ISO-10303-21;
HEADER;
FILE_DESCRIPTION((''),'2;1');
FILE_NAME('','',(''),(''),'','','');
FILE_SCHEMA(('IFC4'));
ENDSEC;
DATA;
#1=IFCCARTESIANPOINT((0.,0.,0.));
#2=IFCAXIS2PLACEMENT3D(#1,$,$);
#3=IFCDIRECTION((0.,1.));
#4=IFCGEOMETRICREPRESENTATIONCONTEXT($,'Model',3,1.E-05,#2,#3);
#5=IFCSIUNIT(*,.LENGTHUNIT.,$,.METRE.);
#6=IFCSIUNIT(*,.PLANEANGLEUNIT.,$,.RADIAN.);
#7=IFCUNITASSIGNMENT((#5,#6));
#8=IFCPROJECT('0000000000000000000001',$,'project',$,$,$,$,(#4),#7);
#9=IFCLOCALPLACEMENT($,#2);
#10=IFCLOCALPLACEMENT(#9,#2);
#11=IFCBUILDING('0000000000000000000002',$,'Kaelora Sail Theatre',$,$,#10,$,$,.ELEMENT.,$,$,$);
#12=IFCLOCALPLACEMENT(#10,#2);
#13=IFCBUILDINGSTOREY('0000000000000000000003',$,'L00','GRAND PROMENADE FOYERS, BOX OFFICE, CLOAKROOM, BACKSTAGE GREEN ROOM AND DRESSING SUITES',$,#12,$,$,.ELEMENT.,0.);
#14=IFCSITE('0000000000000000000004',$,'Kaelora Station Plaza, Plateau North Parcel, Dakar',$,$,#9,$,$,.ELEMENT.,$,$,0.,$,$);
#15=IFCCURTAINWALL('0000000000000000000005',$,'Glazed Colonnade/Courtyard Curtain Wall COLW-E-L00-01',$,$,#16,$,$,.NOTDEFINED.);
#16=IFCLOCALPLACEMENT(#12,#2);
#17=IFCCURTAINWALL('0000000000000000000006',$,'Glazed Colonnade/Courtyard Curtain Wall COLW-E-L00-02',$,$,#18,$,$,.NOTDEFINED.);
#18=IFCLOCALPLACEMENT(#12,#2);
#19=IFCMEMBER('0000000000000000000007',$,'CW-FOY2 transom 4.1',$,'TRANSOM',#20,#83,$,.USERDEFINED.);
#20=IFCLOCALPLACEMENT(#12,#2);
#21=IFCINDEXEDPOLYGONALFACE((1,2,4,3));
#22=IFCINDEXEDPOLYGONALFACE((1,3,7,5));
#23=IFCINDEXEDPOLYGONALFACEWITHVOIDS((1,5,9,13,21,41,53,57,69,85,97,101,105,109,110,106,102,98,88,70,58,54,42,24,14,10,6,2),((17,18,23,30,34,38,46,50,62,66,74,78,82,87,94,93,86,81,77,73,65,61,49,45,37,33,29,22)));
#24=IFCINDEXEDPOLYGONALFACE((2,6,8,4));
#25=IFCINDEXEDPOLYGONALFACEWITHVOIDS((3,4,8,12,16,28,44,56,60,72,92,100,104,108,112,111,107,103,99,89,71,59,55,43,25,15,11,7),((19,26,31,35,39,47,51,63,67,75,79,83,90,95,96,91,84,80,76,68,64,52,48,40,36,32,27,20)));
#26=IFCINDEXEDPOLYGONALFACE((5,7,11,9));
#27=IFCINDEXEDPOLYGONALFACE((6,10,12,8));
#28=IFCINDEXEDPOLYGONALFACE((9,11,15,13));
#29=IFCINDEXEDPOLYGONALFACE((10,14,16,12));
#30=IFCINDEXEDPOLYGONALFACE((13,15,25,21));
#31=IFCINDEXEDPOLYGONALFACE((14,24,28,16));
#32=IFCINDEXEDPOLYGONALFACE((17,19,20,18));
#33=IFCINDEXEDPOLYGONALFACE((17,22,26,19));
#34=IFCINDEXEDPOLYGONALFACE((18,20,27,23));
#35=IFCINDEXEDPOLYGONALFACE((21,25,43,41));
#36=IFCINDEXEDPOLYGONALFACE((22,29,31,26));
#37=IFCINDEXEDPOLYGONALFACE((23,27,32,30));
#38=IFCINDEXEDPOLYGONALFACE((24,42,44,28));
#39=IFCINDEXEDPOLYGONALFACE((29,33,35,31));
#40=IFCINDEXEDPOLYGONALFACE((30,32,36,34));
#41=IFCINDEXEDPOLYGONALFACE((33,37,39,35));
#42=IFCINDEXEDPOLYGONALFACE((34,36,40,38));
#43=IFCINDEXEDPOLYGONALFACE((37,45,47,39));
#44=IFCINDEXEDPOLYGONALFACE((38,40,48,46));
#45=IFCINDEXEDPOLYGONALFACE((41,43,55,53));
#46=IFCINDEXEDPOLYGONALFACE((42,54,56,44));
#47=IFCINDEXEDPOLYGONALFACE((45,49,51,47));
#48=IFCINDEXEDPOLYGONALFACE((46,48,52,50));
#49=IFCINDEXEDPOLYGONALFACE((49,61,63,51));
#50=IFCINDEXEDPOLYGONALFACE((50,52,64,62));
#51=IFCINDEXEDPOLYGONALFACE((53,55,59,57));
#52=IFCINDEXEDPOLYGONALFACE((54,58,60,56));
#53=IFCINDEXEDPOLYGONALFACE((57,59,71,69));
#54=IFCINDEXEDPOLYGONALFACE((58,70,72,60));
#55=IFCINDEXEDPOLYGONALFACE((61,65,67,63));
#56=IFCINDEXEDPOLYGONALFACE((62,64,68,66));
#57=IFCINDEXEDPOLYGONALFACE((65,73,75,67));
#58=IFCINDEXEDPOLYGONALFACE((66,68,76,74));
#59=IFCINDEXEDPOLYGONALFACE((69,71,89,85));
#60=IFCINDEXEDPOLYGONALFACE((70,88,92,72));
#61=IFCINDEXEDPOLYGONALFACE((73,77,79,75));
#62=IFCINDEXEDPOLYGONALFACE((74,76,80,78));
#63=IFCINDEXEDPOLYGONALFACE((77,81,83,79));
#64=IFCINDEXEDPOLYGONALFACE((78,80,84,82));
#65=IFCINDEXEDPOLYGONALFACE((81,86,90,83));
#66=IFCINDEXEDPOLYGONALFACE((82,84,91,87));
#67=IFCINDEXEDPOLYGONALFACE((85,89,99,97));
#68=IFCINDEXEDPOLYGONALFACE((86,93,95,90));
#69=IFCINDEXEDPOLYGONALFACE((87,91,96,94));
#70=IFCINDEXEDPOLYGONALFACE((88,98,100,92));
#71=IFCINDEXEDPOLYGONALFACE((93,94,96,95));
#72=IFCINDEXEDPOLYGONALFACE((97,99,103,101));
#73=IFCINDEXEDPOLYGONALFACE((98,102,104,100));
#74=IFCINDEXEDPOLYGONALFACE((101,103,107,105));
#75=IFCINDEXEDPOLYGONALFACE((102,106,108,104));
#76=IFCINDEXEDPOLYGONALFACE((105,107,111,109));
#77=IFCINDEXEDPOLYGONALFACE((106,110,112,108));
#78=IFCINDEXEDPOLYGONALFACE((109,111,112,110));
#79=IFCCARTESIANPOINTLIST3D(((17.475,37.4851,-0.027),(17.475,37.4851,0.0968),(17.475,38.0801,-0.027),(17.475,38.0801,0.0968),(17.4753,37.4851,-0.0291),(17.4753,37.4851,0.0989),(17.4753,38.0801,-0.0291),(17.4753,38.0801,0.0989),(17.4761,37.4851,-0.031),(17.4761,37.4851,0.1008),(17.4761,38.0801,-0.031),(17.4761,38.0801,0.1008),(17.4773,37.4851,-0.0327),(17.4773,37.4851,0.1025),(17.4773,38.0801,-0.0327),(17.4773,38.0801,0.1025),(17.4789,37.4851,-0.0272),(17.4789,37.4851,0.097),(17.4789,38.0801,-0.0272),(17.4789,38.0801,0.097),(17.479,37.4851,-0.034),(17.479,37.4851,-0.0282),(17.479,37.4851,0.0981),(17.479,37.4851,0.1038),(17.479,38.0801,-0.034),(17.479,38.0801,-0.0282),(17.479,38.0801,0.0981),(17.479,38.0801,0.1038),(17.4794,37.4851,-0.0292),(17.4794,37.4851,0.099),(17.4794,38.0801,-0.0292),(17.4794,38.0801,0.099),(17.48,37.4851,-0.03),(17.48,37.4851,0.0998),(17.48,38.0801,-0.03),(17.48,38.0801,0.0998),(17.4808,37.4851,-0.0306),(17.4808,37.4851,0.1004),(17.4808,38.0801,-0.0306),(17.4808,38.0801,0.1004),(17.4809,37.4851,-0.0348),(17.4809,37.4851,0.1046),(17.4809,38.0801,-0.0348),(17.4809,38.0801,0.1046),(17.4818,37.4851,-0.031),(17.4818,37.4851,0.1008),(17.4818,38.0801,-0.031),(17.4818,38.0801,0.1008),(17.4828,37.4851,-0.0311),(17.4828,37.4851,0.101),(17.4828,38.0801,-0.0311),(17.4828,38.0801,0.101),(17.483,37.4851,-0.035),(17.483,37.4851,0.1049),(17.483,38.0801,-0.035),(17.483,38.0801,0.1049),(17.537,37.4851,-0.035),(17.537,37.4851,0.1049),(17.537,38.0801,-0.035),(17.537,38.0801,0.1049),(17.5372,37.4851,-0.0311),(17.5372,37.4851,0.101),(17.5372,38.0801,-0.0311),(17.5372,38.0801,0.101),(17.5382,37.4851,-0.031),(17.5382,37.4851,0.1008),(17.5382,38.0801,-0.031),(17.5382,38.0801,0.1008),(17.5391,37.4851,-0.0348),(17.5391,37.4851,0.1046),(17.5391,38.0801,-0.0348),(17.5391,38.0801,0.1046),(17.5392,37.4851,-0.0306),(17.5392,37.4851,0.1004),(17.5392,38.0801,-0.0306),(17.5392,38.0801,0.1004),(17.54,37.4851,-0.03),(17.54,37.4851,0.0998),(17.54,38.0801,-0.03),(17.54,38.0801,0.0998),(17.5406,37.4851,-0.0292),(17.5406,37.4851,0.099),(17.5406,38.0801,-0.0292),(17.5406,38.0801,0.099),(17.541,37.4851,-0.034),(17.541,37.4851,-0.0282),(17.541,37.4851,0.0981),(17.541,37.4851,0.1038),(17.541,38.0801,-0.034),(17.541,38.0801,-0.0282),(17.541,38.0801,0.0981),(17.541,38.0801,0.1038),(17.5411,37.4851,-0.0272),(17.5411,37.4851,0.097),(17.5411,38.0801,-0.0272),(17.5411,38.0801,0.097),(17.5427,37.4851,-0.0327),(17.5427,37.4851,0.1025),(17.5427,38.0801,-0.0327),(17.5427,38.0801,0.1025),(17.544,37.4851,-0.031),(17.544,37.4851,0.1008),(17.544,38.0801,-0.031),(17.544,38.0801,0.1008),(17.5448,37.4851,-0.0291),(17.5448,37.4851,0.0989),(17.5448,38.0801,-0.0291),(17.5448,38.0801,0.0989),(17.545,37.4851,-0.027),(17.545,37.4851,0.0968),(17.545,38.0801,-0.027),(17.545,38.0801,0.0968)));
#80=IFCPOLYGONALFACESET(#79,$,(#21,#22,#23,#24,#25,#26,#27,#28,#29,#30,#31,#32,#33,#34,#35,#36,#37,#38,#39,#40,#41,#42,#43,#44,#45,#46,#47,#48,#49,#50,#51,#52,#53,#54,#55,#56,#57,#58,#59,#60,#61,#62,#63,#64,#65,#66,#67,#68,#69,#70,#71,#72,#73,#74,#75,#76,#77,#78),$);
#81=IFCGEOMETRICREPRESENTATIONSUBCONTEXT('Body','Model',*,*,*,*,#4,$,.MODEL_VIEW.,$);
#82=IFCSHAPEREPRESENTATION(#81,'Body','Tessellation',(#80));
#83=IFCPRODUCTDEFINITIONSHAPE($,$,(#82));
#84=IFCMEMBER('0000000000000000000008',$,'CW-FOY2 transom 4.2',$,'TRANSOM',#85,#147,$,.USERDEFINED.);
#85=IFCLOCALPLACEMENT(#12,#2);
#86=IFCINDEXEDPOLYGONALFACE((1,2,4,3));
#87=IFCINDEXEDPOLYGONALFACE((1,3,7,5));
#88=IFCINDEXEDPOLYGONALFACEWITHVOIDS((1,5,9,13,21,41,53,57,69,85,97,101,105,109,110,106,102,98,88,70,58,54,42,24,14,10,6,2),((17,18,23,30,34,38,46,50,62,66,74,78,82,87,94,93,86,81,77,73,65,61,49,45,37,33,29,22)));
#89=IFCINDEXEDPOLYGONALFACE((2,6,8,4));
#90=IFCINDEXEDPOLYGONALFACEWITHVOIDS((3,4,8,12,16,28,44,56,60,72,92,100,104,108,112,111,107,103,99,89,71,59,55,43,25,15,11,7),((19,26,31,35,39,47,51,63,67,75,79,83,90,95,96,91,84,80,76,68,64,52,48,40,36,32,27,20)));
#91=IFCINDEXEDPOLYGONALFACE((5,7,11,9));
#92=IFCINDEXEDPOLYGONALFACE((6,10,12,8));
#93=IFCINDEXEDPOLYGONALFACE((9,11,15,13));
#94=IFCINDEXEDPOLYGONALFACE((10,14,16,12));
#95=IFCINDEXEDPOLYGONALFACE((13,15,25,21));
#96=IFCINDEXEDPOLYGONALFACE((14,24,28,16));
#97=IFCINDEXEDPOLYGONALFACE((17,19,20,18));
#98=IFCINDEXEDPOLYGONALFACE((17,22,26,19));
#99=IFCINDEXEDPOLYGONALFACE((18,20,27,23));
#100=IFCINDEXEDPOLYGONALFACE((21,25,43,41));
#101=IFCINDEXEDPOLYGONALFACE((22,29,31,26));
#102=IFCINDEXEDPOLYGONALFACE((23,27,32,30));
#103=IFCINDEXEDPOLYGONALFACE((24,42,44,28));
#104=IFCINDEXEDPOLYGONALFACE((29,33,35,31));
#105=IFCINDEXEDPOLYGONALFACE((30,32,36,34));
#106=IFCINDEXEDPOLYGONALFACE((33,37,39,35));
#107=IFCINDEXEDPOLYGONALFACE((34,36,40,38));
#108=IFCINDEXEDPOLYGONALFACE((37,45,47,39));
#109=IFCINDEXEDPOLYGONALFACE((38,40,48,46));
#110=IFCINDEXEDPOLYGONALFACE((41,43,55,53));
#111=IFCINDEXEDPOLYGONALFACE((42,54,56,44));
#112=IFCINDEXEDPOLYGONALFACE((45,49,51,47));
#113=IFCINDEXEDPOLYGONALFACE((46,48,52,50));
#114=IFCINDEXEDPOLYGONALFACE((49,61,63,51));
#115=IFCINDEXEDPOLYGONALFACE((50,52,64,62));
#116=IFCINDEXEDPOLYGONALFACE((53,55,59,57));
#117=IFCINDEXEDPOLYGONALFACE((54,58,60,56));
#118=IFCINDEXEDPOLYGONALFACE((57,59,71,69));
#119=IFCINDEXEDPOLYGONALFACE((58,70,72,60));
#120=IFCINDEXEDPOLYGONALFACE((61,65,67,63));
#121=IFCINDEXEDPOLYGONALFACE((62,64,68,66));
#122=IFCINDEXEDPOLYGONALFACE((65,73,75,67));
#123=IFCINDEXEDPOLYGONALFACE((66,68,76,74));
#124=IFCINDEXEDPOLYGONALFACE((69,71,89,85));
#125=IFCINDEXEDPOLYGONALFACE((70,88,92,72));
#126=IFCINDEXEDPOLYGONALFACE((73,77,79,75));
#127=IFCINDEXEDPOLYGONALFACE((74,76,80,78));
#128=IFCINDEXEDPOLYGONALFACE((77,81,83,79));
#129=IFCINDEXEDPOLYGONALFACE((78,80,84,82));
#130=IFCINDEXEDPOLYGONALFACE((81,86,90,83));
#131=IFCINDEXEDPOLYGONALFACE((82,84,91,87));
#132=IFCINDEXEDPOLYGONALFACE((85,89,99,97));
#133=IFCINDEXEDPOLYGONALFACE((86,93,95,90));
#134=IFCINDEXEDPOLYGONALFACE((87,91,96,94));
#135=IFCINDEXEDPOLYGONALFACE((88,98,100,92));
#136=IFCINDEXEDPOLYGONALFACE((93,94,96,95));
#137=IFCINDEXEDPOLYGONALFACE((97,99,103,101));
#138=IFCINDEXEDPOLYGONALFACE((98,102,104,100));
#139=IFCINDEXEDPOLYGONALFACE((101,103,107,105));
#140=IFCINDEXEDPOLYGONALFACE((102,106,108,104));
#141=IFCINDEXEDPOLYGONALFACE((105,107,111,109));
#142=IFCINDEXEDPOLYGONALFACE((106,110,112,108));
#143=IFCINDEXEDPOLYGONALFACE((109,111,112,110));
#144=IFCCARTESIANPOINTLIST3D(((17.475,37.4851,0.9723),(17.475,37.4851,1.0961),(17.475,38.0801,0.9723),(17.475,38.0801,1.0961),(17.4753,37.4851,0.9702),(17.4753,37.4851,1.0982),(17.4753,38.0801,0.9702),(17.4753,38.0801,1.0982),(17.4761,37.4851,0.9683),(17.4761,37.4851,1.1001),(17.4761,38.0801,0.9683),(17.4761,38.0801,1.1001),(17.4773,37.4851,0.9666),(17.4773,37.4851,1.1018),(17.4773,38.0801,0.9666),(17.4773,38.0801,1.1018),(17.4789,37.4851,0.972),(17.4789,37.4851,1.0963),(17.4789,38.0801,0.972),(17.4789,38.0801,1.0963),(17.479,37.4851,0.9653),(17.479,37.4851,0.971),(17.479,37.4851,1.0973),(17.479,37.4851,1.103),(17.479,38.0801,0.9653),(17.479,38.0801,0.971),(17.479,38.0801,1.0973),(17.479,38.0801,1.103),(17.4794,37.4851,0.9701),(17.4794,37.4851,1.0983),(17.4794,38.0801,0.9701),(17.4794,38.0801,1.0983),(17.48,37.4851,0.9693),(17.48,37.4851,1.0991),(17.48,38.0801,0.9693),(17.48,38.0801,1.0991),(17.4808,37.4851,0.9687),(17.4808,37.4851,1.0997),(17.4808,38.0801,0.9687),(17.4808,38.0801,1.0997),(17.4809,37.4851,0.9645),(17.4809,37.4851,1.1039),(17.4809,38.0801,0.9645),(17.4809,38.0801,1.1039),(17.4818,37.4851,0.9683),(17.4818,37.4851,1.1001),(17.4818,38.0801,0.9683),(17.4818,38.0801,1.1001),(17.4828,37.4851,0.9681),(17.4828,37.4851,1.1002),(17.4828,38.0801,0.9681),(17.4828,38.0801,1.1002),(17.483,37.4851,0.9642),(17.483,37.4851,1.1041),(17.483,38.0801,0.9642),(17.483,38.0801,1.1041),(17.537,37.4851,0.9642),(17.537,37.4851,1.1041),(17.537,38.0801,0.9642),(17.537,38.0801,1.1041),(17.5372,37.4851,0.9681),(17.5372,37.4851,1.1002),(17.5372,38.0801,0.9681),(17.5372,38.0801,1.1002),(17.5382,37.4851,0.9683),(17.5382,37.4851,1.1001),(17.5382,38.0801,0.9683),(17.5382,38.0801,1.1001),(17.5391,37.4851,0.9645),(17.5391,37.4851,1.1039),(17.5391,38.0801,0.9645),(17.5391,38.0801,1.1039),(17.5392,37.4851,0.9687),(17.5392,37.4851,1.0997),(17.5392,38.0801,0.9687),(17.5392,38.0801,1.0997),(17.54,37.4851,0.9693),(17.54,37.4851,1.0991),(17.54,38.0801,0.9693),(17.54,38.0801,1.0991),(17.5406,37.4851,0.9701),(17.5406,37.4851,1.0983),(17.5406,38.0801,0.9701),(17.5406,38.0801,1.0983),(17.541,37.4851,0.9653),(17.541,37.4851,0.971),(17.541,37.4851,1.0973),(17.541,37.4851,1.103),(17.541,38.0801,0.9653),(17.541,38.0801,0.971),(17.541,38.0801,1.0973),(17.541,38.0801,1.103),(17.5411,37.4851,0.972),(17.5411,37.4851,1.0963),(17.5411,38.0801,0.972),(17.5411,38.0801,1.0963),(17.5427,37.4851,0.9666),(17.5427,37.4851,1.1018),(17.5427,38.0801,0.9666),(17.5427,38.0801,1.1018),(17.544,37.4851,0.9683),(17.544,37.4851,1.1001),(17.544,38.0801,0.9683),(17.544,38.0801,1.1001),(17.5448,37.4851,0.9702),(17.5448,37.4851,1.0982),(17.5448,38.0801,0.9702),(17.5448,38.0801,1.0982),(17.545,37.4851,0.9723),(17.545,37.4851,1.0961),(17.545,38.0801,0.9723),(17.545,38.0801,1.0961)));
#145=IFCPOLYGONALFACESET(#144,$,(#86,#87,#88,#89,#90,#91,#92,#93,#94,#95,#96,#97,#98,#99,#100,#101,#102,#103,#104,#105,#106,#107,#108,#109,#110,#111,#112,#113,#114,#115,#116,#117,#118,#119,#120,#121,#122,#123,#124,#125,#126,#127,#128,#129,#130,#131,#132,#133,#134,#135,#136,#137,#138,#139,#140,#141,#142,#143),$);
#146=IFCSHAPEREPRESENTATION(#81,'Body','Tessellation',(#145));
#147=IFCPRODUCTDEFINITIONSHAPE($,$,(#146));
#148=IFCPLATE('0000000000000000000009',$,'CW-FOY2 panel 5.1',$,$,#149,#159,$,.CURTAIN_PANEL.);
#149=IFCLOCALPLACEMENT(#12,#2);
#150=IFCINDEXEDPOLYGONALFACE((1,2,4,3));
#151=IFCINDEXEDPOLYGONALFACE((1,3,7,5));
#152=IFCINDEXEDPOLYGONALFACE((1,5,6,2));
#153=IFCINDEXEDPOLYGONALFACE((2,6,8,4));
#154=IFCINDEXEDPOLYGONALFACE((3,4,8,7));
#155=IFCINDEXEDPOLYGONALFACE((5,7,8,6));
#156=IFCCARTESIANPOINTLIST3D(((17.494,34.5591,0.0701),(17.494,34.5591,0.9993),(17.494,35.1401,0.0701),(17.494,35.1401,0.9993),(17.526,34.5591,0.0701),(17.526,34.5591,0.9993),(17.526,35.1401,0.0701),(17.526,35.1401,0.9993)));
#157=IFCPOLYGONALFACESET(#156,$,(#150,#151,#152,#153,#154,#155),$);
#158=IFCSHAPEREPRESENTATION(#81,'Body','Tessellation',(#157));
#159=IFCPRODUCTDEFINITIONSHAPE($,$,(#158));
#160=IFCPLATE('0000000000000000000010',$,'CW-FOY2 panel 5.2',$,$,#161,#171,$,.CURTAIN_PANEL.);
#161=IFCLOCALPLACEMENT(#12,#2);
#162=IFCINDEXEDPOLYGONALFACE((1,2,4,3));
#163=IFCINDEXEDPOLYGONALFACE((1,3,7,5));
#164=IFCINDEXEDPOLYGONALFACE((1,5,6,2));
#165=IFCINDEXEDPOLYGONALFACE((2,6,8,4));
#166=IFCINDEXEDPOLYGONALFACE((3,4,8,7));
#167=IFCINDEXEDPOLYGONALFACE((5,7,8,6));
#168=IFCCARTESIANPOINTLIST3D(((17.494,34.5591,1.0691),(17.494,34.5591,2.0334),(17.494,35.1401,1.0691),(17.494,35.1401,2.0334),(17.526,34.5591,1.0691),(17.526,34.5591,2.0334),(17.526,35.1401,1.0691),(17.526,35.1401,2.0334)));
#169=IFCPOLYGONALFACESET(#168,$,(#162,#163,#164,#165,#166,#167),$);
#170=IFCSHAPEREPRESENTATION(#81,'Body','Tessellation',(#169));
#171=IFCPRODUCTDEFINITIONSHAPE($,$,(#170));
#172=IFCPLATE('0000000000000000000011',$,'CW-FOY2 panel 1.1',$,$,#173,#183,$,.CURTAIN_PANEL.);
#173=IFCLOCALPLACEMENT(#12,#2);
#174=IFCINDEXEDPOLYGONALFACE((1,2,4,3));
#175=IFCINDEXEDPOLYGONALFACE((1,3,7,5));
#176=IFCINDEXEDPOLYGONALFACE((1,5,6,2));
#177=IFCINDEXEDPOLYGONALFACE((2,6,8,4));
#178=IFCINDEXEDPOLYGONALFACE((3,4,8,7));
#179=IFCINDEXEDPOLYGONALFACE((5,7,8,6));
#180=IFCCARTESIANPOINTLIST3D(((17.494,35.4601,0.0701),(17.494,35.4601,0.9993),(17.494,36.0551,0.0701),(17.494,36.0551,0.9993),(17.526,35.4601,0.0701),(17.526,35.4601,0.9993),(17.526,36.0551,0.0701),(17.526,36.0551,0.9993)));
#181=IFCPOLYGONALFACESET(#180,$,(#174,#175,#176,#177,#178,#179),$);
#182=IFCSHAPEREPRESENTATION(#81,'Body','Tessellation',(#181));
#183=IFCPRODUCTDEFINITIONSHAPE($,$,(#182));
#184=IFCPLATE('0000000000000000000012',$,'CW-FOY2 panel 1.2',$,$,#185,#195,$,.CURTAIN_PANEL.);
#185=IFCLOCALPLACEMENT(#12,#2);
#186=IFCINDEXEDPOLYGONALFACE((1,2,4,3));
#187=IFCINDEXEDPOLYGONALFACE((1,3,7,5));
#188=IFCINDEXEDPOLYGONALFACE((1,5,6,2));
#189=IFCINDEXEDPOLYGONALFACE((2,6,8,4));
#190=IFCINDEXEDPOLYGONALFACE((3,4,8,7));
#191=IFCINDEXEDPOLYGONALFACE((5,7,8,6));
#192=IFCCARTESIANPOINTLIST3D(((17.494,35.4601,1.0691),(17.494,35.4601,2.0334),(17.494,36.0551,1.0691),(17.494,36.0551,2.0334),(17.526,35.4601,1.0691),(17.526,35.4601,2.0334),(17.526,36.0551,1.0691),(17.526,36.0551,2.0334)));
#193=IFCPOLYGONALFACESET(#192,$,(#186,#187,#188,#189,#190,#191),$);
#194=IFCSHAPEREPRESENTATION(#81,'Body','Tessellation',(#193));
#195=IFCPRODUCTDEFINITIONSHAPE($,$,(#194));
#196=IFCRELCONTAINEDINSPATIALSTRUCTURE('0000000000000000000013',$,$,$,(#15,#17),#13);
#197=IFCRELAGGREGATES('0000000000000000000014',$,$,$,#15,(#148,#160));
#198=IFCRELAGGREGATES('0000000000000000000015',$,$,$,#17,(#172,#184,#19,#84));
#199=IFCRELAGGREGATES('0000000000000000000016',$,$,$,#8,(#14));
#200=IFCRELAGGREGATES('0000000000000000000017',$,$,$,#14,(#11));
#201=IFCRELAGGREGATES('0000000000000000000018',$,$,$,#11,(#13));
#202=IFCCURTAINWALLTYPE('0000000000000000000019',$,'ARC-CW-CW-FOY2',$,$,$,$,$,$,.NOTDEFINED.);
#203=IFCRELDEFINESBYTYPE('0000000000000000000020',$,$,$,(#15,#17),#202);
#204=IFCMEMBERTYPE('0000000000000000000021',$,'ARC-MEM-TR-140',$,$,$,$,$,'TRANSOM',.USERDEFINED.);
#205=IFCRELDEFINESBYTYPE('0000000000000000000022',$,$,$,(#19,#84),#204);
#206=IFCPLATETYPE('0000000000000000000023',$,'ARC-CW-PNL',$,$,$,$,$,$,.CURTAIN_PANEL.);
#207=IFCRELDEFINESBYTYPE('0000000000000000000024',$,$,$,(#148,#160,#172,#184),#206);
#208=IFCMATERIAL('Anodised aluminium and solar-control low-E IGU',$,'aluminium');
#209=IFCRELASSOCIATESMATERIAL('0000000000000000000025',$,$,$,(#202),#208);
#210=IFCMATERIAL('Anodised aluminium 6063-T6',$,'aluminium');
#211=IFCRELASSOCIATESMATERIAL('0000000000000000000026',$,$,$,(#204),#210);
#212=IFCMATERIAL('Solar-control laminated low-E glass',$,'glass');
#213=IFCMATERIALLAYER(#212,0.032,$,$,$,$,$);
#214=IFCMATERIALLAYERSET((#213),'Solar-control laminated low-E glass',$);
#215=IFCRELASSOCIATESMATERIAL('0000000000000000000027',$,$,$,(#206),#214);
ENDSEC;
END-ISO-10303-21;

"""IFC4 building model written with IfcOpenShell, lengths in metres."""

from ifc_helpers import new_model, si_unit, direction, frame, origin, origin_2d, place, context, subcontext, project, spatial, rectangle, hollow_rectangle, extrude, material, layer, layer_set, material_profile, profile_set, type_object, element, aggregate, save


model = new_model("IFC4")

# Units and contexts
model_context = context("Model", 3, precision=1e-05, world=origin(), true_north=direction((0.0, 1.0)))
body_context = subcontext(model_context, "Body", "Model", "MODEL_VIEW")
ifc_project = project(units=[si_unit("LENGTHUNIT", "METRE"), si_unit("PLANEANGLEUNIT", "RADIAN")], contexts=[model_context])

# Site, building, storey
site_placement = place(None, origin())
site = spatial("IfcSite", under=ifc_project, at=site_placement, Name="Kaelora Station Plaza, Plateau North Parcel, Dakar", CompositionType="ELEMENT", RefElevation=0.0)
building_placement = place(site_placement, origin())
building = spatial("IfcBuilding", under=site, at=building_placement, Name="Kaelora Sail Theatre", CompositionType="ELEMENT")
storey_placement = place(building_placement, origin())
storey = spatial("IfcBuildingStorey", under=building, at=storey_placement, Name="L00", Description="GRAND PROMENADE FOYERS, BOX OFFICE, CLOAKROOM, BACKSTAGE GREEN ROOM AND DRESSING SUITES", CompositionType="ELEMENT", Elevation=0.0)

# Curtain wall
ifc_material_1 = material(Name="Anodised aluminium and solar-control low-E IGU", Category="aluminium")
curtain_wall_type = type_object("IfcCurtainWallType", Name="ARC-CW-CW-FOY2", PredefinedType="NOTDEFINED", material=ifc_material_1)
curtain_wall_1_placement = place(storey_placement, origin())
curtain_wall_1 = element("IfcCurtainWall", 1, at=curtain_wall_1_placement, inside=storey, type_object=curtain_wall_type, Name="Glazed Colonnade/Courtyard Curtain Wall COLW-E-L00-01", PredefinedType="NOTDEFINED")

# Curtain wall
curtain_wall_2_placement = place(storey_placement, origin())
curtain_wall_2 = element("IfcCurtainWall", 2, at=curtain_wall_2_placement, inside=storey, type_object=curtain_wall_type, Name="Glazed Colonnade/Courtyard Curtain Wall COLW-E-L00-02", PredefinedType="NOTDEFINED")

# Members
ifc_material_2 = material(Name="Anodised aluminium 6063-T6", Category="aluminium")
ifc_material_profile_1 = material_profile(ifc_material_2, hollow_rectangle(XDim=0.0701, YDim=0.1399, WallThickness=0.0039, InnerFilletRadius=0.0039, OuterFilletRadius=0.0081, at=origin_2d()), Name="ALU-TRAN 70x140x4")
ifc_profile_set_1 = profile_set([ifc_material_profile_1], Name="Anodised aluminium 6063-T6")
member_type_1 = type_object("IfcMemberType", Name="ARC-MEM-TR-140", ElementType="TRANSOM", PredefinedType="USERDEFINED", material=ifc_profile_set_1)
member_1_placement = place(storey_placement, frame((17.51, 37.4851, 0.0349), z_axis=(0.0, 1.0, 0.0), x_axis=(-1.0, 0.0, 0.0)))
member_1 = element("IfcMember", 3, at=member_1_placement, type_object=member_type_1, Name="CW-FOY2 transom 4.1", ObjectType="TRANSOM", PredefinedType="USERDEFINED", context=body_context, shape_type="SweptSolid", body=[
    extrude(hollow_rectangle(XDim=0.0701, YDim=0.1399, WallThickness=0.0039, InnerFilletRadius=0.0039, OuterFilletRadius=0.0081, at=origin_2d()), origin(), (0.0, 0.0, 1.0), 0.595),
])
member_2_placement = place(storey_placement, frame((17.51, 37.4851, 1.0342), z_axis=(0.0, 1.0, 0.0), x_axis=(-1.0, 0.0, 0.0)))
member_2 = element("IfcMember", 4, at=member_2_placement, type_object=member_type_1, Name="CW-FOY2 transom 4.2", ObjectType="TRANSOM", PredefinedType="USERDEFINED", context=body_context, shape_type="SweptSolid", body=[
    extrude(hollow_rectangle(XDim=0.0701, YDim=0.1399, WallThickness=0.0039, InnerFilletRadius=0.0039, OuterFilletRadius=0.0081, at=origin_2d()), origin(), (0.0, 0.0, 1.0), 0.595),
])

# Plates
ifc_material_3 = material(Name="Solar-control laminated low-E glass", Category="glass")
ifc_layer = layer(ifc_material_3, 0.032)
ifc_layer_set = layer_set([ifc_layer], Name="Solar-control laminated low-E glass")
plate_type = type_object("IfcPlateType", Name="ARC-CW-PNL", PredefinedType="CURTAIN_PANEL", material=ifc_layer_set)
plate_1_placement = place(storey_placement, frame((17.51, 34.8496, 0.0701), z_axis=(0.0, 0.0, 1.0), x_axis=(0.0, 1.0, 0.0)))
plate_1 = element("IfcPlate", 5, at=plate_1_placement, type_object=plate_type, Name="CW-FOY2 panel 5.1", PredefinedType="CURTAIN_PANEL", context=body_context, shape_type="SweptSolid", body=[
    extrude(rectangle(XDim=0.5811, YDim=0.032, at=origin_2d()), origin(), (0.0, 0.0, 1.0), 0.9292),
])
plate_2_placement = place(storey_placement, frame((17.51, 34.8496, 1.0691), z_axis=(0.0, 0.0, 1.0), x_axis=(0.0, 1.0, 0.0)))
plate_2 = element("IfcPlate", 6, at=plate_2_placement, type_object=plate_type, Name="CW-FOY2 panel 5.2", PredefinedType="CURTAIN_PANEL", context=body_context, shape_type="SweptSolid", body=[
    extrude(rectangle(XDim=0.5811, YDim=0.032, at=origin_2d()), origin(), (0.0, 0.0, 1.0), 0.9644),
])
aggregate(curtain_wall_1, [plate_1, plate_2])
plate_3_placement = place(storey_placement, frame((17.51, 35.7576, 0.0701), z_axis=(0.0, 0.0, 1.0), x_axis=(0.0, 1.0, 0.0)))
plate_3 = element("IfcPlate", 7, at=plate_3_placement, type_object=plate_type, Name="CW-FOY2 panel 1.1", PredefinedType="CURTAIN_PANEL", context=body_context, shape_type="SweptSolid", body=[
    extrude(rectangle(XDim=0.595, YDim=0.032, at=origin_2d()), origin(), (0.0, 0.0, 1.0), 0.9292),
])
plate_4_placement = place(storey_placement, frame((17.51, 35.7576, 1.0691), z_axis=(0.0, 0.0, 1.0), x_axis=(0.0, 1.0, 0.0)))
plate_4 = element("IfcPlate", 8, at=plate_4_placement, type_object=plate_type, Name="CW-FOY2 panel 1.2", PredefinedType="CURTAIN_PANEL", context=body_context, shape_type="SweptSolid", body=[
    extrude(rectangle(XDim=0.595, YDim=0.032, at=origin_2d()), origin(), (0.0, 0.0, 1.0), 0.9644),
])
aggregate(curtain_wall_2, [plate_3, plate_4, member_1, member_2])

save(model, "model.ifc")
